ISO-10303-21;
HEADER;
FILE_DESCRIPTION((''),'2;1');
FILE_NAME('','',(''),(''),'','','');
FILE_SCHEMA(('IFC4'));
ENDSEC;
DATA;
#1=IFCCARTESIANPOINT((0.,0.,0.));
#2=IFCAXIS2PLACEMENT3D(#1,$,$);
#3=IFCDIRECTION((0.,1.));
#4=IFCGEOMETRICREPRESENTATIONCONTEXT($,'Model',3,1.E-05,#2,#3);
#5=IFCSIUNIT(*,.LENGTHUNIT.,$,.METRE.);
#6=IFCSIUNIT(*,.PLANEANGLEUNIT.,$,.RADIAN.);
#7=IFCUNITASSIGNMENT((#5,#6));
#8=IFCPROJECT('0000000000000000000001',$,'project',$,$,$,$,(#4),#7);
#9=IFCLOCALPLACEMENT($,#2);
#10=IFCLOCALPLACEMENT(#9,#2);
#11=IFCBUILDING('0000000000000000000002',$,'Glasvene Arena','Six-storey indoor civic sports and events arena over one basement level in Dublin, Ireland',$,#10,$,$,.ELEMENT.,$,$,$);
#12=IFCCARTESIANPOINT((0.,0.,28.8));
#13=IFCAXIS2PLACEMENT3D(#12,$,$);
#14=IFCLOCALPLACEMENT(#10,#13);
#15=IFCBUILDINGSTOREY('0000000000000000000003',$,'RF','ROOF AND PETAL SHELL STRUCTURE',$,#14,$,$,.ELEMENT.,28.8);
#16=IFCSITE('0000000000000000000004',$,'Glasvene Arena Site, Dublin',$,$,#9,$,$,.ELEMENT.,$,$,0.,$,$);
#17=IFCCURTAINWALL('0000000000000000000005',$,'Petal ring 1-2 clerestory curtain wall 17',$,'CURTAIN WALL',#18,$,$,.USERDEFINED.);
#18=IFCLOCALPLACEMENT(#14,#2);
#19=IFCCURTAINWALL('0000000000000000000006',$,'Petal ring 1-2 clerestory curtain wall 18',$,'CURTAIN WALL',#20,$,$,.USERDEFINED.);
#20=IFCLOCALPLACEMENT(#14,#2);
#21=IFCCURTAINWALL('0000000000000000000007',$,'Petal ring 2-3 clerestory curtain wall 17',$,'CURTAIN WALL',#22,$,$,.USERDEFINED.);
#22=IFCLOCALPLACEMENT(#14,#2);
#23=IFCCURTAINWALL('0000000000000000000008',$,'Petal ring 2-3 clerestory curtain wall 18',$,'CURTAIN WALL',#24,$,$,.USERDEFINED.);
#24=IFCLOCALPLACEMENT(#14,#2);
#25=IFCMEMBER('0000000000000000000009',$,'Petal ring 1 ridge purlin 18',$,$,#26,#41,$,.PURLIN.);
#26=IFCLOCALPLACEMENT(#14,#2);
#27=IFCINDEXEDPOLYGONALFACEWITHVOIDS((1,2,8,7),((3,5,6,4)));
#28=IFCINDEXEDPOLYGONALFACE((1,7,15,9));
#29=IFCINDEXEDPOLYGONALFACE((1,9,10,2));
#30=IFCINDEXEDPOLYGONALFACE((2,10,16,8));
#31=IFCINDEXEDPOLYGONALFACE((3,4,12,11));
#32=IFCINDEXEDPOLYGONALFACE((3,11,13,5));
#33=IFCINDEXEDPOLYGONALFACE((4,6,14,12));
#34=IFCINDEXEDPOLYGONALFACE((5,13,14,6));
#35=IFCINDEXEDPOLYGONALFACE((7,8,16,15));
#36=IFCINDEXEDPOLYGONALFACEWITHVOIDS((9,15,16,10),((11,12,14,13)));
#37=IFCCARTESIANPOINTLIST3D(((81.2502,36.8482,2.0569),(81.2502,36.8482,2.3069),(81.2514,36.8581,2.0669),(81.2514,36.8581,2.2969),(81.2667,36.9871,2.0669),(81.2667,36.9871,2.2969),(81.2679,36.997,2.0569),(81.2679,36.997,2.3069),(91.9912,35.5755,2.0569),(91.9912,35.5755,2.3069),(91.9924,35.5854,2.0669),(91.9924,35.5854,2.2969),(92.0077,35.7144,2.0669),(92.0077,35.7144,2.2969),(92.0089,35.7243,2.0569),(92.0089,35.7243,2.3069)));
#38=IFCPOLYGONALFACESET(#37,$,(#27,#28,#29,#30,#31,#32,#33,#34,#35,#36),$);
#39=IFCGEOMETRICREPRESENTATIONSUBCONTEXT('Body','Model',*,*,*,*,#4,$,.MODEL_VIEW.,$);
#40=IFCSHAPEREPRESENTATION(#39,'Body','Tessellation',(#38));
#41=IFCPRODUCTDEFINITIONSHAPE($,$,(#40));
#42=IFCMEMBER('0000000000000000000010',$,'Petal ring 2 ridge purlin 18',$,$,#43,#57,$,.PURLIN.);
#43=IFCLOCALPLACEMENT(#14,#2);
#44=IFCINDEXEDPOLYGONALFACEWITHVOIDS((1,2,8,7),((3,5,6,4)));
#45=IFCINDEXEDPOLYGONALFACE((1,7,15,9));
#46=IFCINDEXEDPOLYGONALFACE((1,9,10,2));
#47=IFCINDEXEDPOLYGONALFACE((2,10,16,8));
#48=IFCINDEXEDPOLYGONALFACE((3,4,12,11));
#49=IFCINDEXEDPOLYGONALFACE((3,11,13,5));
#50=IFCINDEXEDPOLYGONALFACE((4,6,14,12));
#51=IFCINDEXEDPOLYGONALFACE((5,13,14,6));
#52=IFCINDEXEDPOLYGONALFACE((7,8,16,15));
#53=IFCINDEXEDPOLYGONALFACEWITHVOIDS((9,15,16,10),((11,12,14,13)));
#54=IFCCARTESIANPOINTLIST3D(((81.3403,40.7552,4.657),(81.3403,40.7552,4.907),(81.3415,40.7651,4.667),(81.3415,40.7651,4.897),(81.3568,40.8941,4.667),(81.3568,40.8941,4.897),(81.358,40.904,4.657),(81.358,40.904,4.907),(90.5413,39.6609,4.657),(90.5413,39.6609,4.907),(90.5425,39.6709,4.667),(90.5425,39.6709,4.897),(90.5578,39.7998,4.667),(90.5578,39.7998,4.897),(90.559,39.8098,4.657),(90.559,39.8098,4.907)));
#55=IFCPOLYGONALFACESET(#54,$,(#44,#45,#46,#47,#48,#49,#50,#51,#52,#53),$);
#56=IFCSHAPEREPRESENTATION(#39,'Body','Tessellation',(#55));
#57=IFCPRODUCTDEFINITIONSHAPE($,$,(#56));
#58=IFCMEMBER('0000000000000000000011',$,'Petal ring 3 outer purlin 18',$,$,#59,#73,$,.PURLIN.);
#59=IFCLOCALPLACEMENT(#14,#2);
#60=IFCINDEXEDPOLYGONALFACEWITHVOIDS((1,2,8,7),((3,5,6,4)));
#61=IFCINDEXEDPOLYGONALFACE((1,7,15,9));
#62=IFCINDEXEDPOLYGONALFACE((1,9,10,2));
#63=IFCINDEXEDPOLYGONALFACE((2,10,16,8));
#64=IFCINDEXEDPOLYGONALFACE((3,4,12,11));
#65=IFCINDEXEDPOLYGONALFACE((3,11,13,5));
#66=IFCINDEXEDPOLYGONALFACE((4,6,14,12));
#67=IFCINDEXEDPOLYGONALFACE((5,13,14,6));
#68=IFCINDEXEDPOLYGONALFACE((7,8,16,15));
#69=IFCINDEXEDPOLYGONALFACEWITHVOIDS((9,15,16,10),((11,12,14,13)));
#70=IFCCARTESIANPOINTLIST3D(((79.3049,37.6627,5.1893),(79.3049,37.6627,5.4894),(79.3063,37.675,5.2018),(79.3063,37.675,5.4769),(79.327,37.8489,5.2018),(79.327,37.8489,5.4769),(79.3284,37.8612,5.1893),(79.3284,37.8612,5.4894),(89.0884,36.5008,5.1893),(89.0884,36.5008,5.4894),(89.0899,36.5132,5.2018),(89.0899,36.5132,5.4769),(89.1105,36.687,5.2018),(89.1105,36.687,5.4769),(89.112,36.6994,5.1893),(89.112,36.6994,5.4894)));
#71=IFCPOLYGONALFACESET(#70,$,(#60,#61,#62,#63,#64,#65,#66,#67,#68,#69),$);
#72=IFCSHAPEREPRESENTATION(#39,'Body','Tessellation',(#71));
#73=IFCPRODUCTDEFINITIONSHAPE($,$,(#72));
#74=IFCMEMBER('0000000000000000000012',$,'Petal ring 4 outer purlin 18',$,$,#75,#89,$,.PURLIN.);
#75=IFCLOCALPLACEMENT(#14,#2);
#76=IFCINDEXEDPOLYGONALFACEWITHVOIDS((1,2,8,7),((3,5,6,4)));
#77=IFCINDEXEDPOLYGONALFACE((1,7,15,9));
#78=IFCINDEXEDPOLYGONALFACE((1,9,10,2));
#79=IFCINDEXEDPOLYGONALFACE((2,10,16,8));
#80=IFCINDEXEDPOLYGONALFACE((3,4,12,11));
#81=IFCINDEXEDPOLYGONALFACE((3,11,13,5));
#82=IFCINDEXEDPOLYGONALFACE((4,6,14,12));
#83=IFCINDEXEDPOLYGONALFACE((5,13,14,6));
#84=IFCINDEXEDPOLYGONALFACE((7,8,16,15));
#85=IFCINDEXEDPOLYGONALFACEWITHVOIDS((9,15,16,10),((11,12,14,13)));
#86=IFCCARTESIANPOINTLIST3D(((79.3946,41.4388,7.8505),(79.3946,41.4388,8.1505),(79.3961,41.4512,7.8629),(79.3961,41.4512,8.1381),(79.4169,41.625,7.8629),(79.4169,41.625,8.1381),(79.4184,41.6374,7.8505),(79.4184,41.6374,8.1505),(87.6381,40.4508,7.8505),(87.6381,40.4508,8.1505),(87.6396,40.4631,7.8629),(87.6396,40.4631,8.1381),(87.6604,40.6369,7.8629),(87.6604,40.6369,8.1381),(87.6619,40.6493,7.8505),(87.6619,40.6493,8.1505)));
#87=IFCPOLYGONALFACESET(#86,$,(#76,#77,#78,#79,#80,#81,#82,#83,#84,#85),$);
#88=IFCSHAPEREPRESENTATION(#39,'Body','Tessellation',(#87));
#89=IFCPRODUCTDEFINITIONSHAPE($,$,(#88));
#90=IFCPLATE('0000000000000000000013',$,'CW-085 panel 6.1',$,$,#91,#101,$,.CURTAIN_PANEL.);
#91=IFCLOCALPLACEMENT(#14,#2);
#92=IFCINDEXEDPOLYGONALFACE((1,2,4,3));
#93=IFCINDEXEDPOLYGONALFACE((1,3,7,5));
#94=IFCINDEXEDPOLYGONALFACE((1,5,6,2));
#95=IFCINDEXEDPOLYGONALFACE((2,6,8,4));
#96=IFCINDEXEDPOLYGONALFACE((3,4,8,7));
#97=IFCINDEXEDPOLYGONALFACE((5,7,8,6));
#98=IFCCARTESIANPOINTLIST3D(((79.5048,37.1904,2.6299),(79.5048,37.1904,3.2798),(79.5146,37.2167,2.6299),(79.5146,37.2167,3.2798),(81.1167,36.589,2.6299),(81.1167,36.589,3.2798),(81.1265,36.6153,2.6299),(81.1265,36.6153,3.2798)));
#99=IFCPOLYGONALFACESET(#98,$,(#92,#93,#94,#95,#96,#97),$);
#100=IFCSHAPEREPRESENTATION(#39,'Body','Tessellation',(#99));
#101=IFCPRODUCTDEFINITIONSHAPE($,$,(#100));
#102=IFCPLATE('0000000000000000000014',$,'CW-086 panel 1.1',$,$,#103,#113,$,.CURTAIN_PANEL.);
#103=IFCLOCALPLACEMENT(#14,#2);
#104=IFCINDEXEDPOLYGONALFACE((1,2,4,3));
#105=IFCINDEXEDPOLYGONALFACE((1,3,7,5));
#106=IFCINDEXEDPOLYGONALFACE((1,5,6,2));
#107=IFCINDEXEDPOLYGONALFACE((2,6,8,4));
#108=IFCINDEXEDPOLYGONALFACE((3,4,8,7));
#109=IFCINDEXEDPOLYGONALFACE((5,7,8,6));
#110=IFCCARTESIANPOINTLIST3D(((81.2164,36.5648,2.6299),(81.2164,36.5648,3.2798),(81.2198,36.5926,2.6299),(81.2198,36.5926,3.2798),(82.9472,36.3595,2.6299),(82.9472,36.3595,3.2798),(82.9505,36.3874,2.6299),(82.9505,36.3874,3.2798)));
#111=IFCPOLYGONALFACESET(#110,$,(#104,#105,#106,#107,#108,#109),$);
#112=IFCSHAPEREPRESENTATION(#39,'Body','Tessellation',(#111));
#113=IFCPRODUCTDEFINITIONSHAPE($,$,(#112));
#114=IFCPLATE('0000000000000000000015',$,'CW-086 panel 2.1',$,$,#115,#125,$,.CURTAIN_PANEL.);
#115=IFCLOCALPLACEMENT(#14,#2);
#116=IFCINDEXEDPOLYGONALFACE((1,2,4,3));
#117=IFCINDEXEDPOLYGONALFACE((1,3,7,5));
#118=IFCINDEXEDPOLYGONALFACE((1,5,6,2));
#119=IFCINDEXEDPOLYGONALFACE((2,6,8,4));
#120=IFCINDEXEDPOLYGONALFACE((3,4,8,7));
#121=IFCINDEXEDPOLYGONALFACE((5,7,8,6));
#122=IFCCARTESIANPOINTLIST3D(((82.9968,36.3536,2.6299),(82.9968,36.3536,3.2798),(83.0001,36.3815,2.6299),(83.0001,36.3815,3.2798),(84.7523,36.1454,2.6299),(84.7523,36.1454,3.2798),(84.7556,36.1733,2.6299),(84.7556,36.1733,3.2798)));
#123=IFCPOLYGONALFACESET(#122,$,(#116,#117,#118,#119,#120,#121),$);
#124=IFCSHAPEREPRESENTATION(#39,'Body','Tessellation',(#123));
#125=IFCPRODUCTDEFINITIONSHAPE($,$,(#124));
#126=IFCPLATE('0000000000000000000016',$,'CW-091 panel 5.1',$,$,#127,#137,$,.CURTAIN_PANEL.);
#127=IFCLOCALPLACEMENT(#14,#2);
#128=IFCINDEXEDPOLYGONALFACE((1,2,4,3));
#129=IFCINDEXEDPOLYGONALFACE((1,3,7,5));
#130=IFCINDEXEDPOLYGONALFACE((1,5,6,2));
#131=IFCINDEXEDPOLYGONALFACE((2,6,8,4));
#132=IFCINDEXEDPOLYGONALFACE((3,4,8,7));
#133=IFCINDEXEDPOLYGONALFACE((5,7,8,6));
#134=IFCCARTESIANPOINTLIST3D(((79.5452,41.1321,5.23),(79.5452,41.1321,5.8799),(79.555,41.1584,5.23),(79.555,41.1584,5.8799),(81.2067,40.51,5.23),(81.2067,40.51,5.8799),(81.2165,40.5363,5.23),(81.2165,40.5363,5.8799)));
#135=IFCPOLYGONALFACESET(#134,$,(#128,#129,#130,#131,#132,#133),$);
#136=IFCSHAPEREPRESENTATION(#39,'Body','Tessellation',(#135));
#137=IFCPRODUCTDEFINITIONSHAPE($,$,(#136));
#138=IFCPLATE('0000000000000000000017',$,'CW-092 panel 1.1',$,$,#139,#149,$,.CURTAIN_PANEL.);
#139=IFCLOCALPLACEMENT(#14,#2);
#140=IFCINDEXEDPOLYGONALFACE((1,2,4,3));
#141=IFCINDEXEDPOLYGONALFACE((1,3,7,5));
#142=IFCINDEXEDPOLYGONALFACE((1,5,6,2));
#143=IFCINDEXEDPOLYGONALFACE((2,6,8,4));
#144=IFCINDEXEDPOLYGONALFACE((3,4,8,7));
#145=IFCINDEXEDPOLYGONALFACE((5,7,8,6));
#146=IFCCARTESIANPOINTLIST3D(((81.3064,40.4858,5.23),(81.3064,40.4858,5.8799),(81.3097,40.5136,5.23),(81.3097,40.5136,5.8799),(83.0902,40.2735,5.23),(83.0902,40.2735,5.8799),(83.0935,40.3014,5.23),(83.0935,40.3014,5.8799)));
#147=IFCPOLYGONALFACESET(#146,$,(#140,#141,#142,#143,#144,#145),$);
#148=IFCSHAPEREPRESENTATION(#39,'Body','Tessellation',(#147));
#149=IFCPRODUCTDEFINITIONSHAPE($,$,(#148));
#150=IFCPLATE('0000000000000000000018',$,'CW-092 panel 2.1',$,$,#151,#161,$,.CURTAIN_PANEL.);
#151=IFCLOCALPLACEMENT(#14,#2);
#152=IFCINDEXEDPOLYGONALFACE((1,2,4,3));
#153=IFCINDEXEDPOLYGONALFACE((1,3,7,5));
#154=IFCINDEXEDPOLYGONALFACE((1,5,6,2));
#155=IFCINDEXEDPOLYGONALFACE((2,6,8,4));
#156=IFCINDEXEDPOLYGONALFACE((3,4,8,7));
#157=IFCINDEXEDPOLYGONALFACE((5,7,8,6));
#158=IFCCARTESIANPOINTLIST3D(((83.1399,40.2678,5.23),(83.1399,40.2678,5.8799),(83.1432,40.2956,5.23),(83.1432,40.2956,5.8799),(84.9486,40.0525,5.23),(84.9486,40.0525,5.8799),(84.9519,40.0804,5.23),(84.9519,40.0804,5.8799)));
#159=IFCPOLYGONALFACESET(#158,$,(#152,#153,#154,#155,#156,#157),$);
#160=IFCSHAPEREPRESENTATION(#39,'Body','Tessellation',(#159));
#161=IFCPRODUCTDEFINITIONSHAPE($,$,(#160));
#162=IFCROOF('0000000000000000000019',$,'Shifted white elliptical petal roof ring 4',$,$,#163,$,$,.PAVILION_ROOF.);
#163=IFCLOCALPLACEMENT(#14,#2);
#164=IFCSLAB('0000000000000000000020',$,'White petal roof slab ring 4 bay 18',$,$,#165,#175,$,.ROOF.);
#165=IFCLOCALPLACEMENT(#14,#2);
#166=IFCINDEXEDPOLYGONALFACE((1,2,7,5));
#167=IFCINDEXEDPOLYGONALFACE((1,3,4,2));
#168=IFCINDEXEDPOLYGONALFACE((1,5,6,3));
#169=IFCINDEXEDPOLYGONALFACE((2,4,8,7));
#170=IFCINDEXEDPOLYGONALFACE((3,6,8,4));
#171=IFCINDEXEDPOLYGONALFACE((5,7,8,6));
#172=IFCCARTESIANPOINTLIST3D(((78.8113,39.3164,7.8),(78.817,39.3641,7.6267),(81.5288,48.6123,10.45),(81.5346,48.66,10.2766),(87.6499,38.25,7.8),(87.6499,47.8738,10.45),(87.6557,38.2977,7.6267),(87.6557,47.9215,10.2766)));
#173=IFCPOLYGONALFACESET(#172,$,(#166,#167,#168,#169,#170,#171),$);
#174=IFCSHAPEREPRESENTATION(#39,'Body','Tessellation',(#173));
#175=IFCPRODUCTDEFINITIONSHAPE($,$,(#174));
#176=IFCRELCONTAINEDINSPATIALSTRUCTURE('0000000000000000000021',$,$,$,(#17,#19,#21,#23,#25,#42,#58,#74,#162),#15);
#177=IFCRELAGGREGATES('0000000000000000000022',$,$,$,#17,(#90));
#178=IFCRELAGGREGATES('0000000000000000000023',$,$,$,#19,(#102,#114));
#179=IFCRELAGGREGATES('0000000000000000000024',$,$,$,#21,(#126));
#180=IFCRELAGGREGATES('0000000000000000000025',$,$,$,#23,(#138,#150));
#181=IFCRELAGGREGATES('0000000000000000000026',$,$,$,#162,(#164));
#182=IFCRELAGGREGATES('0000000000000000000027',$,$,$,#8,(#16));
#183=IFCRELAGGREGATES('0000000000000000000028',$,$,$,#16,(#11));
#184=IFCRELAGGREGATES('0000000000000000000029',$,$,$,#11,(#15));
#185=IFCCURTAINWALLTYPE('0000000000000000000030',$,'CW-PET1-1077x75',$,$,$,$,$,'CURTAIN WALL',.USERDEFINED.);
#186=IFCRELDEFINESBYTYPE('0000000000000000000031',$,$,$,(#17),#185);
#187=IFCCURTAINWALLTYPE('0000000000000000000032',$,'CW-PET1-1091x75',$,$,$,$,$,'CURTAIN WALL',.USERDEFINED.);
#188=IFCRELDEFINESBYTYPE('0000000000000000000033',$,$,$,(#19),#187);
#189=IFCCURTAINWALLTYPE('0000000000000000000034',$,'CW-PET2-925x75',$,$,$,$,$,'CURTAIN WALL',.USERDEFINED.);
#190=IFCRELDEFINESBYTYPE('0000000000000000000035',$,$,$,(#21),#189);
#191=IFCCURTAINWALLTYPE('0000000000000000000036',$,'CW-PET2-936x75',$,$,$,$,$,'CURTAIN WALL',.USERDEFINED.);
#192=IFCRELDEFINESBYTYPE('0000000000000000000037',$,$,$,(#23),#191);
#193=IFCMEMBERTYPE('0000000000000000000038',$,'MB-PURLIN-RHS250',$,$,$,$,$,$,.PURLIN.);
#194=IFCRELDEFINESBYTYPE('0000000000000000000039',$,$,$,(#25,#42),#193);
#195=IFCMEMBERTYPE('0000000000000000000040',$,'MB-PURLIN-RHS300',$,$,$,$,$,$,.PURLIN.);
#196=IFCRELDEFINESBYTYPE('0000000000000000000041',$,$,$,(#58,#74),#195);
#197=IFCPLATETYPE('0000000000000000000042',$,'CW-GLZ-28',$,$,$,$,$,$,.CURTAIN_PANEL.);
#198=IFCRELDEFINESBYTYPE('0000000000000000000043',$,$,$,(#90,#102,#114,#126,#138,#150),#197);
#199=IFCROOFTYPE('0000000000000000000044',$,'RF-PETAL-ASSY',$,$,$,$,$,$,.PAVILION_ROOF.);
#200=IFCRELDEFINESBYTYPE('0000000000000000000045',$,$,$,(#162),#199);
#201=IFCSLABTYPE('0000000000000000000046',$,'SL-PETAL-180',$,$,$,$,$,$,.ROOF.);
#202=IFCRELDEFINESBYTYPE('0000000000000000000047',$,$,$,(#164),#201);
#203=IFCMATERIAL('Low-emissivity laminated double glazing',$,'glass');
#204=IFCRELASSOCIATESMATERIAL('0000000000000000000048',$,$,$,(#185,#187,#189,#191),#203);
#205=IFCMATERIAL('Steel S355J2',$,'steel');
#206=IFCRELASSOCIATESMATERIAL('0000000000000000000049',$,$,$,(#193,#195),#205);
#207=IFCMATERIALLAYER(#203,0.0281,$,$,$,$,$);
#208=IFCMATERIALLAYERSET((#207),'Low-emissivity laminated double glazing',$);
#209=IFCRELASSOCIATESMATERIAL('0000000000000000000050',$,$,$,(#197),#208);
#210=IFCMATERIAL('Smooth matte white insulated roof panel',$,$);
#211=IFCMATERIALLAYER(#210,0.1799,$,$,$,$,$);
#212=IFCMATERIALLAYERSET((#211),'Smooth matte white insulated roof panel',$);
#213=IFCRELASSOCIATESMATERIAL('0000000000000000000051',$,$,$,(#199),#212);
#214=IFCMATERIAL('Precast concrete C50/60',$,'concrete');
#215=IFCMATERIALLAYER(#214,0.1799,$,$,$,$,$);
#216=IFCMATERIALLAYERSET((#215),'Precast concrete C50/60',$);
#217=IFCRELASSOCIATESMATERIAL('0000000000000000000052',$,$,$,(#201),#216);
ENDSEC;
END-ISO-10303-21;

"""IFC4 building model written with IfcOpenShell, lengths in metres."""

from ifc_helpers import new_model, si_unit, direction, frame, origin, origin_2d, place, context, subcontext, project, spatial, polyline, rectangle, hollow_rectangle, outline, extrude, material, layer, layer_set, material_profile, profile_set, type_object, element, aggregate, save


model = new_model("IFC4")

# Units and contexts
model_context = context("Model", 3, precision=1e-05, world=origin(), true_north=direction((0.0, 1.0)))
body_context = subcontext(model_context, "Body", "Model", "MODEL_VIEW")
ifc_project = project(units=[si_unit("LENGTHUNIT", "METRE"), si_unit("PLANEANGLEUNIT", "RADIAN")], contexts=[model_context])

# Site, building, storey
site_placement = place(None, origin())
site = spatial("IfcSite", under=ifc_project, at=site_placement, Name="Glasvene Arena Site, Dublin", CompositionType="ELEMENT", RefElevation=0.0)
building_placement = place(site_placement, origin())
building = spatial("IfcBuilding", under=site, at=building_placement, Name="Glasvene Arena", Description="Six-storey indoor civic sports and events arena over one basement level in Dublin, Ireland", CompositionType="ELEMENT")
storey_placement = place(building_placement, frame((0.0, 0.0, 28.8)))
storey = spatial("IfcBuildingStorey", under=building, at=storey_placement, Name="RF", Description="ROOF AND PETAL SHELL STRUCTURE", CompositionType="ELEMENT", Elevation=28.8)

# Curtain walls
ifc_material_1 = material(Name="Low-emissivity laminated double glazing", Category="glass")
curtain_wall_type_1 = type_object("IfcCurtainWallType", Name="CW-PET1-1077x75", ElementType="CURTAIN WALL", PredefinedType="USERDEFINED", material=ifc_material_1)
curtain_wall_1_placement = place(storey_placement, frame((71.075, 40.3508, 0.0)))
curtain_wall_1 = element("IfcCurtainWall", 1, at=curtain_wall_1_placement, inside=storey, type_object=curtain_wall_type_1, Name="Petal ring 1-2 clerestory curtain wall 17", ObjectType="CURTAIN WALL", PredefinedType="USERDEFINED")
curtain_wall_type_2 = type_object("IfcCurtainWallType", Name="CW-PET1-1091x75", ElementType="CURTAIN WALL", PredefinedType="USERDEFINED", material=ifc_material_1)
curtain_wall_2_placement = place(storey_placement, frame((81.1685, 36.5847, 0.0)))
curtain_wall_2 = element("IfcCurtainWall", 2, at=curtain_wall_2_placement, inside=storey, type_object=curtain_wall_type_2, Name="Petal ring 1-2 clerestory curtain wall 18", ObjectType="CURTAIN WALL", PredefinedType="USERDEFINED")
curtain_wall_type_3 = type_object("IfcCurtainWallType", Name="CW-PET2-925x75", ElementType="CURTAIN WALL", PredefinedType="USERDEFINED", material=ifc_material_1)
curtain_wall_3_placement = place(storey_placement, frame((72.6001, 43.7476, 0.0)))
curtain_wall_3 = element("IfcCurtainWall", 3, at=curtain_wall_3_placement, inside=storey, type_object=curtain_wall_type_3, Name="Petal ring 2-3 clerestory curtain wall 17", ObjectType="CURTAIN WALL", PredefinedType="USERDEFINED")
curtain_wall_type_4 = type_object("IfcCurtainWallType", Name="CW-PET2-936x75", ElementType="CURTAIN WALL", PredefinedType="USERDEFINED", material=ifc_material_1)
curtain_wall_4_placement = place(storey_placement, frame((81.2583, 40.5056, 0.0)))
curtain_wall_4 = element("IfcCurtainWall", 4, at=curtain_wall_4_placement, inside=storey, type_object=curtain_wall_type_4, Name="Petal ring 2-3 clerestory curtain wall 18", ObjectType="CURTAIN WALL", PredefinedType="USERDEFINED")

# Members
ifc_material_2 = material(Name="Steel S355J2", Category="steel")
ifc_material_profile_1 = material_profile(ifc_material_2, hollow_rectangle(XDim=0.1499, YDim=0.25, WallThickness=0.01, at=origin_2d()), Name="RHS 250x150x10.0")
ifc_profile_set_1 = profile_set([ifc_material_profile_1], Name="Steel S355J2")
member_type_1 = type_object("IfcMemberType", Name="MB-PURLIN-RHS250", PredefinedType="PURLIN", material=ifc_profile_set_1)
member_1_placement = place(storey_placement, frame((81.259, 36.9226, 2.1819), z_axis=(0.993053, -0.117668, 0.0), x_axis=(0.117668, 0.993053, 0.0)))
element("IfcMember", 5, at=member_1_placement, inside=storey, type_object=member_type_1, Name="Petal ring 1 ridge purlin 18", PredefinedType="PURLIN", context=body_context, shape_type="SweptSolid", body=[
    extrude(hollow_rectangle(XDim=0.1499, YDim=0.25, WallThickness=0.01, at=origin_2d()), origin(), (0.0, 0.0, 1.0), 10.8162),
])
member_2_placement = place(storey_placement, frame((81.3491, 40.8296, 4.782), z_axis=(0.993002, -0.118095, 0.0), x_axis=(0.118095, 0.993002, 0.0)))
element("IfcMember", 6, at=member_2_placement, inside=storey, type_object=member_type_1, Name="Petal ring 2 ridge purlin 18", PredefinedType="PURLIN", context=body_context, shape_type="SweptSolid", body=[
    extrude(hollow_rectangle(XDim=0.1499, YDim=0.25, WallThickness=0.01, at=origin_2d()), origin(), (0.0, 0.0, 1.0), 9.2659),
])
ifc_material_profile_2 = material_profile(ifc_material_2, hollow_rectangle(XDim=0.2, YDim=0.3, WallThickness=0.0125, at=origin_2d()), Name="RHS 300x200x12.5")
ifc_profile_set_2 = profile_set([ifc_material_profile_2], Name="Steel S355J2")
member_type_2 = type_object("IfcMemberType", Name="MB-PURLIN-RHS300", PredefinedType="PURLIN", material=ifc_profile_set_2)
member_3_placement = place(storey_placement, frame((79.3167, 37.762, 5.3394), z_axis=(0.993022, -0.11793, 0.0), x_axis=(0.11793, 0.993022, 0.0)))
element("IfcMember", 7, at=member_3_placement, inside=storey, type_object=member_type_2, Name="Petal ring 3 outer purlin 18", PredefinedType="PURLIN", context=body_context, shape_type="SweptSolid", body=[
    extrude(hollow_rectangle(XDim=0.2, YDim=0.3, WallThickness=0.0125, at=origin_2d()), origin(), (0.0, 0.0, 1.0), 9.8523),
])
member_4_placement = place(storey_placement, frame((79.4065, 41.5381, 8.0005), z_axis=(0.992894, -0.119006, 0.0), x_axis=(0.119006, 0.992894, 0.0)))
element("IfcMember", 8, at=member_4_placement, inside=storey, type_object=member_type_2, Name="Petal ring 4 outer purlin 18", PredefinedType="PURLIN", context=body_context, shape_type="SweptSolid", body=[
    extrude(hollow_rectangle(XDim=0.2, YDim=0.3, WallThickness=0.0125, at=origin_2d()), origin(), (0.0, 0.0, 1.0), 8.3025),
])

# Plates
ifc_layer_1 = layer(ifc_material_1, 0.0281)
ifc_layer_set_1 = layer_set([ifc_layer_1], Name="Low-emissivity laminated double glazing")
plate_type = type_object("IfcPlateType", Name="CW-GLZ-28", PredefinedType="CURTAIN_PANEL", material=ifc_layer_set_1)
plate_1_placement = place(storey_placement, frame((80.3157, 36.9028, 2.6299), z_axis=(0.0, 0.0, 1.0), x_axis=(0.936902, -0.349591, 0.0)))
plate_1 = element("IfcPlate", 9, at=plate_1_placement, type_object=plate_type, Name="CW-085 panel 6.1", PredefinedType="CURTAIN_PANEL", context=body_context, shape_type="SweptSolid", body=[
    extrude(rectangle(XDim=1.7205, YDim=0.0281, at=origin_2d()), origin(), (0.0, 0.0, 1.0), 0.6499),
])
aggregate(curtain_wall_1, [plate_1])
plate_2_placement = place(storey_placement, frame((82.0835, 36.4761, 2.6299), z_axis=(0.0, 0.0, 1.0), x_axis=(0.993041, -0.117772, 0.0)))
plate_2 = element("IfcPlate", 10, at=plate_2_placement, type_object=plate_type, Name="CW-086 panel 1.1", PredefinedType="CURTAIN_PANEL", context=body_context, shape_type="SweptSolid", body=[
    extrude(rectangle(XDim=1.7429, YDim=0.0281, at=origin_2d()), origin(), (0.0, 0.0, 1.0), 0.6499),
])
plate_3_placement = place(storey_placement, frame((83.8762, 36.2634, 2.6299), z_axis=(0.0, 0.0, 1.0), x_axis=(0.993041, -0.117772, 0.0)))
plate_3 = element("IfcPlate", 11, at=plate_3_placement, type_object=plate_type, Name="CW-086 panel 2.1", PredefinedType="CURTAIN_PANEL", context=body_context, shape_type="SweptSolid", body=[
    extrude(rectangle(XDim=1.7678, YDim=0.0281, at=origin_2d()), origin(), (0.0, 0.0, 1.0), 0.6499),
])
aggregate(curtain_wall_2, [plate_2, plate_3])
plate_4_placement = place(storey_placement, frame((80.3809, 40.8342, 5.23), z_axis=(0.0, 0.0, 1.0), x_axis=(0.93651, -0.35064, 0.0)))
plate_4 = element("IfcPlate", 12, at=plate_4_placement, type_object=plate_type, Name="CW-091 panel 5.1", PredefinedType="CURTAIN_PANEL", context=body_context, shape_type="SweptSolid", body=[
    extrude(rectangle(XDim=1.7742, YDim=0.0281, at=origin_2d()), origin(), (0.0, 0.0, 1.0), 0.6499),
])
aggregate(curtain_wall_3, [plate_4])
plate_5_placement = place(storey_placement, frame((82.2, 40.3936, 5.23), z_axis=(0.0, 0.0, 1.0), x_axis=(0.992994, -0.118166, 0.0)))
plate_5 = element("IfcPlate", 13, at=plate_5_placement, type_object=plate_type, Name="CW-092 panel 1.1", PredefinedType="CURTAIN_PANEL", context=body_context, shape_type="SweptSolid", body=[
    extrude(rectangle(XDim=1.7964, YDim=0.0281, at=origin_2d()), origin(), (0.0, 0.0, 1.0), 0.6499),
])
plate_6_placement = place(storey_placement, frame((84.0459, 40.1741, 5.23), z_axis=(0.0, 0.0, 1.0), x_axis=(0.992994, -0.118166, 0.0)))
plate_6 = element("IfcPlate", 14, at=plate_6_placement, type_object=plate_type, Name="CW-092 panel 2.1", PredefinedType="CURTAIN_PANEL", context=body_context, shape_type="SweptSolid", body=[
    extrude(rectangle(XDim=1.8215, YDim=0.0281, at=origin_2d()), origin(), (0.0, 0.0, 1.0), 0.6499),
])
aggregate(curtain_wall_4, [plate_5, plate_6])

# Roof, slab
ifc_material_3 = material(Name="Smooth matte white insulated roof panel")
ifc_layer_2 = layer(ifc_material_3, 0.1799)
ifc_layer_set_2 = layer_set([ifc_layer_2], Name="Smooth matte white insulated roof panel")
roof_type = type_object("IfcRoofType", Name="RF-PETAL-ASSY", PredefinedType="PAVILION_ROOF", material=ifc_layer_set_2)
roof_placement = place(storey_placement, frame((87.6499, 69.55, 7.8)))
roof = element("IfcRoof", 15, at=roof_placement, inside=storey, type_object=roof_type, Name="Shifted white elliptical petal roof ring 4", PredefinedType="PAVILION_ROOF")
ifc_material_4 = material(Name="Precast concrete C50/60", Category="concrete")
ifc_layer_3 = layer(ifc_material_4, 0.1799)
ifc_layer_set_3 = layer_set([ifc_layer_3], Name="Precast concrete C50/60")
slab_type = type_object("IfcSlabType", Name="SL-PETAL-180", PredefinedType="ROOF", material=ifc_layer_set_3)
slab_placement = place(storey_placement, frame((78.8113, 39.3164, 7.8), z_axis=(-0.032013, -0.265334, 0.963625), x_axis=(0.9928, -0.119784, 0.0)))
slab = element("IfcSlab", 16, at=slab_placement, type_object=slab_type, Name="White petal roof slab ring 4 bay 18", PredefinedType="ROOF", context=body_context, shape_type="SweptSolid", body=[
    extrude(outline(polyline([(0.0, 0.0), (8.9027, 0.0), (7.7499, 9.9152), (1.5845, 9.9151), (0.0, 0.0)])), origin(), (0.0, 0.0, -1.0), 0.1799),
])
aggregate(roof, [slab])

save(model, "model.ifc")
